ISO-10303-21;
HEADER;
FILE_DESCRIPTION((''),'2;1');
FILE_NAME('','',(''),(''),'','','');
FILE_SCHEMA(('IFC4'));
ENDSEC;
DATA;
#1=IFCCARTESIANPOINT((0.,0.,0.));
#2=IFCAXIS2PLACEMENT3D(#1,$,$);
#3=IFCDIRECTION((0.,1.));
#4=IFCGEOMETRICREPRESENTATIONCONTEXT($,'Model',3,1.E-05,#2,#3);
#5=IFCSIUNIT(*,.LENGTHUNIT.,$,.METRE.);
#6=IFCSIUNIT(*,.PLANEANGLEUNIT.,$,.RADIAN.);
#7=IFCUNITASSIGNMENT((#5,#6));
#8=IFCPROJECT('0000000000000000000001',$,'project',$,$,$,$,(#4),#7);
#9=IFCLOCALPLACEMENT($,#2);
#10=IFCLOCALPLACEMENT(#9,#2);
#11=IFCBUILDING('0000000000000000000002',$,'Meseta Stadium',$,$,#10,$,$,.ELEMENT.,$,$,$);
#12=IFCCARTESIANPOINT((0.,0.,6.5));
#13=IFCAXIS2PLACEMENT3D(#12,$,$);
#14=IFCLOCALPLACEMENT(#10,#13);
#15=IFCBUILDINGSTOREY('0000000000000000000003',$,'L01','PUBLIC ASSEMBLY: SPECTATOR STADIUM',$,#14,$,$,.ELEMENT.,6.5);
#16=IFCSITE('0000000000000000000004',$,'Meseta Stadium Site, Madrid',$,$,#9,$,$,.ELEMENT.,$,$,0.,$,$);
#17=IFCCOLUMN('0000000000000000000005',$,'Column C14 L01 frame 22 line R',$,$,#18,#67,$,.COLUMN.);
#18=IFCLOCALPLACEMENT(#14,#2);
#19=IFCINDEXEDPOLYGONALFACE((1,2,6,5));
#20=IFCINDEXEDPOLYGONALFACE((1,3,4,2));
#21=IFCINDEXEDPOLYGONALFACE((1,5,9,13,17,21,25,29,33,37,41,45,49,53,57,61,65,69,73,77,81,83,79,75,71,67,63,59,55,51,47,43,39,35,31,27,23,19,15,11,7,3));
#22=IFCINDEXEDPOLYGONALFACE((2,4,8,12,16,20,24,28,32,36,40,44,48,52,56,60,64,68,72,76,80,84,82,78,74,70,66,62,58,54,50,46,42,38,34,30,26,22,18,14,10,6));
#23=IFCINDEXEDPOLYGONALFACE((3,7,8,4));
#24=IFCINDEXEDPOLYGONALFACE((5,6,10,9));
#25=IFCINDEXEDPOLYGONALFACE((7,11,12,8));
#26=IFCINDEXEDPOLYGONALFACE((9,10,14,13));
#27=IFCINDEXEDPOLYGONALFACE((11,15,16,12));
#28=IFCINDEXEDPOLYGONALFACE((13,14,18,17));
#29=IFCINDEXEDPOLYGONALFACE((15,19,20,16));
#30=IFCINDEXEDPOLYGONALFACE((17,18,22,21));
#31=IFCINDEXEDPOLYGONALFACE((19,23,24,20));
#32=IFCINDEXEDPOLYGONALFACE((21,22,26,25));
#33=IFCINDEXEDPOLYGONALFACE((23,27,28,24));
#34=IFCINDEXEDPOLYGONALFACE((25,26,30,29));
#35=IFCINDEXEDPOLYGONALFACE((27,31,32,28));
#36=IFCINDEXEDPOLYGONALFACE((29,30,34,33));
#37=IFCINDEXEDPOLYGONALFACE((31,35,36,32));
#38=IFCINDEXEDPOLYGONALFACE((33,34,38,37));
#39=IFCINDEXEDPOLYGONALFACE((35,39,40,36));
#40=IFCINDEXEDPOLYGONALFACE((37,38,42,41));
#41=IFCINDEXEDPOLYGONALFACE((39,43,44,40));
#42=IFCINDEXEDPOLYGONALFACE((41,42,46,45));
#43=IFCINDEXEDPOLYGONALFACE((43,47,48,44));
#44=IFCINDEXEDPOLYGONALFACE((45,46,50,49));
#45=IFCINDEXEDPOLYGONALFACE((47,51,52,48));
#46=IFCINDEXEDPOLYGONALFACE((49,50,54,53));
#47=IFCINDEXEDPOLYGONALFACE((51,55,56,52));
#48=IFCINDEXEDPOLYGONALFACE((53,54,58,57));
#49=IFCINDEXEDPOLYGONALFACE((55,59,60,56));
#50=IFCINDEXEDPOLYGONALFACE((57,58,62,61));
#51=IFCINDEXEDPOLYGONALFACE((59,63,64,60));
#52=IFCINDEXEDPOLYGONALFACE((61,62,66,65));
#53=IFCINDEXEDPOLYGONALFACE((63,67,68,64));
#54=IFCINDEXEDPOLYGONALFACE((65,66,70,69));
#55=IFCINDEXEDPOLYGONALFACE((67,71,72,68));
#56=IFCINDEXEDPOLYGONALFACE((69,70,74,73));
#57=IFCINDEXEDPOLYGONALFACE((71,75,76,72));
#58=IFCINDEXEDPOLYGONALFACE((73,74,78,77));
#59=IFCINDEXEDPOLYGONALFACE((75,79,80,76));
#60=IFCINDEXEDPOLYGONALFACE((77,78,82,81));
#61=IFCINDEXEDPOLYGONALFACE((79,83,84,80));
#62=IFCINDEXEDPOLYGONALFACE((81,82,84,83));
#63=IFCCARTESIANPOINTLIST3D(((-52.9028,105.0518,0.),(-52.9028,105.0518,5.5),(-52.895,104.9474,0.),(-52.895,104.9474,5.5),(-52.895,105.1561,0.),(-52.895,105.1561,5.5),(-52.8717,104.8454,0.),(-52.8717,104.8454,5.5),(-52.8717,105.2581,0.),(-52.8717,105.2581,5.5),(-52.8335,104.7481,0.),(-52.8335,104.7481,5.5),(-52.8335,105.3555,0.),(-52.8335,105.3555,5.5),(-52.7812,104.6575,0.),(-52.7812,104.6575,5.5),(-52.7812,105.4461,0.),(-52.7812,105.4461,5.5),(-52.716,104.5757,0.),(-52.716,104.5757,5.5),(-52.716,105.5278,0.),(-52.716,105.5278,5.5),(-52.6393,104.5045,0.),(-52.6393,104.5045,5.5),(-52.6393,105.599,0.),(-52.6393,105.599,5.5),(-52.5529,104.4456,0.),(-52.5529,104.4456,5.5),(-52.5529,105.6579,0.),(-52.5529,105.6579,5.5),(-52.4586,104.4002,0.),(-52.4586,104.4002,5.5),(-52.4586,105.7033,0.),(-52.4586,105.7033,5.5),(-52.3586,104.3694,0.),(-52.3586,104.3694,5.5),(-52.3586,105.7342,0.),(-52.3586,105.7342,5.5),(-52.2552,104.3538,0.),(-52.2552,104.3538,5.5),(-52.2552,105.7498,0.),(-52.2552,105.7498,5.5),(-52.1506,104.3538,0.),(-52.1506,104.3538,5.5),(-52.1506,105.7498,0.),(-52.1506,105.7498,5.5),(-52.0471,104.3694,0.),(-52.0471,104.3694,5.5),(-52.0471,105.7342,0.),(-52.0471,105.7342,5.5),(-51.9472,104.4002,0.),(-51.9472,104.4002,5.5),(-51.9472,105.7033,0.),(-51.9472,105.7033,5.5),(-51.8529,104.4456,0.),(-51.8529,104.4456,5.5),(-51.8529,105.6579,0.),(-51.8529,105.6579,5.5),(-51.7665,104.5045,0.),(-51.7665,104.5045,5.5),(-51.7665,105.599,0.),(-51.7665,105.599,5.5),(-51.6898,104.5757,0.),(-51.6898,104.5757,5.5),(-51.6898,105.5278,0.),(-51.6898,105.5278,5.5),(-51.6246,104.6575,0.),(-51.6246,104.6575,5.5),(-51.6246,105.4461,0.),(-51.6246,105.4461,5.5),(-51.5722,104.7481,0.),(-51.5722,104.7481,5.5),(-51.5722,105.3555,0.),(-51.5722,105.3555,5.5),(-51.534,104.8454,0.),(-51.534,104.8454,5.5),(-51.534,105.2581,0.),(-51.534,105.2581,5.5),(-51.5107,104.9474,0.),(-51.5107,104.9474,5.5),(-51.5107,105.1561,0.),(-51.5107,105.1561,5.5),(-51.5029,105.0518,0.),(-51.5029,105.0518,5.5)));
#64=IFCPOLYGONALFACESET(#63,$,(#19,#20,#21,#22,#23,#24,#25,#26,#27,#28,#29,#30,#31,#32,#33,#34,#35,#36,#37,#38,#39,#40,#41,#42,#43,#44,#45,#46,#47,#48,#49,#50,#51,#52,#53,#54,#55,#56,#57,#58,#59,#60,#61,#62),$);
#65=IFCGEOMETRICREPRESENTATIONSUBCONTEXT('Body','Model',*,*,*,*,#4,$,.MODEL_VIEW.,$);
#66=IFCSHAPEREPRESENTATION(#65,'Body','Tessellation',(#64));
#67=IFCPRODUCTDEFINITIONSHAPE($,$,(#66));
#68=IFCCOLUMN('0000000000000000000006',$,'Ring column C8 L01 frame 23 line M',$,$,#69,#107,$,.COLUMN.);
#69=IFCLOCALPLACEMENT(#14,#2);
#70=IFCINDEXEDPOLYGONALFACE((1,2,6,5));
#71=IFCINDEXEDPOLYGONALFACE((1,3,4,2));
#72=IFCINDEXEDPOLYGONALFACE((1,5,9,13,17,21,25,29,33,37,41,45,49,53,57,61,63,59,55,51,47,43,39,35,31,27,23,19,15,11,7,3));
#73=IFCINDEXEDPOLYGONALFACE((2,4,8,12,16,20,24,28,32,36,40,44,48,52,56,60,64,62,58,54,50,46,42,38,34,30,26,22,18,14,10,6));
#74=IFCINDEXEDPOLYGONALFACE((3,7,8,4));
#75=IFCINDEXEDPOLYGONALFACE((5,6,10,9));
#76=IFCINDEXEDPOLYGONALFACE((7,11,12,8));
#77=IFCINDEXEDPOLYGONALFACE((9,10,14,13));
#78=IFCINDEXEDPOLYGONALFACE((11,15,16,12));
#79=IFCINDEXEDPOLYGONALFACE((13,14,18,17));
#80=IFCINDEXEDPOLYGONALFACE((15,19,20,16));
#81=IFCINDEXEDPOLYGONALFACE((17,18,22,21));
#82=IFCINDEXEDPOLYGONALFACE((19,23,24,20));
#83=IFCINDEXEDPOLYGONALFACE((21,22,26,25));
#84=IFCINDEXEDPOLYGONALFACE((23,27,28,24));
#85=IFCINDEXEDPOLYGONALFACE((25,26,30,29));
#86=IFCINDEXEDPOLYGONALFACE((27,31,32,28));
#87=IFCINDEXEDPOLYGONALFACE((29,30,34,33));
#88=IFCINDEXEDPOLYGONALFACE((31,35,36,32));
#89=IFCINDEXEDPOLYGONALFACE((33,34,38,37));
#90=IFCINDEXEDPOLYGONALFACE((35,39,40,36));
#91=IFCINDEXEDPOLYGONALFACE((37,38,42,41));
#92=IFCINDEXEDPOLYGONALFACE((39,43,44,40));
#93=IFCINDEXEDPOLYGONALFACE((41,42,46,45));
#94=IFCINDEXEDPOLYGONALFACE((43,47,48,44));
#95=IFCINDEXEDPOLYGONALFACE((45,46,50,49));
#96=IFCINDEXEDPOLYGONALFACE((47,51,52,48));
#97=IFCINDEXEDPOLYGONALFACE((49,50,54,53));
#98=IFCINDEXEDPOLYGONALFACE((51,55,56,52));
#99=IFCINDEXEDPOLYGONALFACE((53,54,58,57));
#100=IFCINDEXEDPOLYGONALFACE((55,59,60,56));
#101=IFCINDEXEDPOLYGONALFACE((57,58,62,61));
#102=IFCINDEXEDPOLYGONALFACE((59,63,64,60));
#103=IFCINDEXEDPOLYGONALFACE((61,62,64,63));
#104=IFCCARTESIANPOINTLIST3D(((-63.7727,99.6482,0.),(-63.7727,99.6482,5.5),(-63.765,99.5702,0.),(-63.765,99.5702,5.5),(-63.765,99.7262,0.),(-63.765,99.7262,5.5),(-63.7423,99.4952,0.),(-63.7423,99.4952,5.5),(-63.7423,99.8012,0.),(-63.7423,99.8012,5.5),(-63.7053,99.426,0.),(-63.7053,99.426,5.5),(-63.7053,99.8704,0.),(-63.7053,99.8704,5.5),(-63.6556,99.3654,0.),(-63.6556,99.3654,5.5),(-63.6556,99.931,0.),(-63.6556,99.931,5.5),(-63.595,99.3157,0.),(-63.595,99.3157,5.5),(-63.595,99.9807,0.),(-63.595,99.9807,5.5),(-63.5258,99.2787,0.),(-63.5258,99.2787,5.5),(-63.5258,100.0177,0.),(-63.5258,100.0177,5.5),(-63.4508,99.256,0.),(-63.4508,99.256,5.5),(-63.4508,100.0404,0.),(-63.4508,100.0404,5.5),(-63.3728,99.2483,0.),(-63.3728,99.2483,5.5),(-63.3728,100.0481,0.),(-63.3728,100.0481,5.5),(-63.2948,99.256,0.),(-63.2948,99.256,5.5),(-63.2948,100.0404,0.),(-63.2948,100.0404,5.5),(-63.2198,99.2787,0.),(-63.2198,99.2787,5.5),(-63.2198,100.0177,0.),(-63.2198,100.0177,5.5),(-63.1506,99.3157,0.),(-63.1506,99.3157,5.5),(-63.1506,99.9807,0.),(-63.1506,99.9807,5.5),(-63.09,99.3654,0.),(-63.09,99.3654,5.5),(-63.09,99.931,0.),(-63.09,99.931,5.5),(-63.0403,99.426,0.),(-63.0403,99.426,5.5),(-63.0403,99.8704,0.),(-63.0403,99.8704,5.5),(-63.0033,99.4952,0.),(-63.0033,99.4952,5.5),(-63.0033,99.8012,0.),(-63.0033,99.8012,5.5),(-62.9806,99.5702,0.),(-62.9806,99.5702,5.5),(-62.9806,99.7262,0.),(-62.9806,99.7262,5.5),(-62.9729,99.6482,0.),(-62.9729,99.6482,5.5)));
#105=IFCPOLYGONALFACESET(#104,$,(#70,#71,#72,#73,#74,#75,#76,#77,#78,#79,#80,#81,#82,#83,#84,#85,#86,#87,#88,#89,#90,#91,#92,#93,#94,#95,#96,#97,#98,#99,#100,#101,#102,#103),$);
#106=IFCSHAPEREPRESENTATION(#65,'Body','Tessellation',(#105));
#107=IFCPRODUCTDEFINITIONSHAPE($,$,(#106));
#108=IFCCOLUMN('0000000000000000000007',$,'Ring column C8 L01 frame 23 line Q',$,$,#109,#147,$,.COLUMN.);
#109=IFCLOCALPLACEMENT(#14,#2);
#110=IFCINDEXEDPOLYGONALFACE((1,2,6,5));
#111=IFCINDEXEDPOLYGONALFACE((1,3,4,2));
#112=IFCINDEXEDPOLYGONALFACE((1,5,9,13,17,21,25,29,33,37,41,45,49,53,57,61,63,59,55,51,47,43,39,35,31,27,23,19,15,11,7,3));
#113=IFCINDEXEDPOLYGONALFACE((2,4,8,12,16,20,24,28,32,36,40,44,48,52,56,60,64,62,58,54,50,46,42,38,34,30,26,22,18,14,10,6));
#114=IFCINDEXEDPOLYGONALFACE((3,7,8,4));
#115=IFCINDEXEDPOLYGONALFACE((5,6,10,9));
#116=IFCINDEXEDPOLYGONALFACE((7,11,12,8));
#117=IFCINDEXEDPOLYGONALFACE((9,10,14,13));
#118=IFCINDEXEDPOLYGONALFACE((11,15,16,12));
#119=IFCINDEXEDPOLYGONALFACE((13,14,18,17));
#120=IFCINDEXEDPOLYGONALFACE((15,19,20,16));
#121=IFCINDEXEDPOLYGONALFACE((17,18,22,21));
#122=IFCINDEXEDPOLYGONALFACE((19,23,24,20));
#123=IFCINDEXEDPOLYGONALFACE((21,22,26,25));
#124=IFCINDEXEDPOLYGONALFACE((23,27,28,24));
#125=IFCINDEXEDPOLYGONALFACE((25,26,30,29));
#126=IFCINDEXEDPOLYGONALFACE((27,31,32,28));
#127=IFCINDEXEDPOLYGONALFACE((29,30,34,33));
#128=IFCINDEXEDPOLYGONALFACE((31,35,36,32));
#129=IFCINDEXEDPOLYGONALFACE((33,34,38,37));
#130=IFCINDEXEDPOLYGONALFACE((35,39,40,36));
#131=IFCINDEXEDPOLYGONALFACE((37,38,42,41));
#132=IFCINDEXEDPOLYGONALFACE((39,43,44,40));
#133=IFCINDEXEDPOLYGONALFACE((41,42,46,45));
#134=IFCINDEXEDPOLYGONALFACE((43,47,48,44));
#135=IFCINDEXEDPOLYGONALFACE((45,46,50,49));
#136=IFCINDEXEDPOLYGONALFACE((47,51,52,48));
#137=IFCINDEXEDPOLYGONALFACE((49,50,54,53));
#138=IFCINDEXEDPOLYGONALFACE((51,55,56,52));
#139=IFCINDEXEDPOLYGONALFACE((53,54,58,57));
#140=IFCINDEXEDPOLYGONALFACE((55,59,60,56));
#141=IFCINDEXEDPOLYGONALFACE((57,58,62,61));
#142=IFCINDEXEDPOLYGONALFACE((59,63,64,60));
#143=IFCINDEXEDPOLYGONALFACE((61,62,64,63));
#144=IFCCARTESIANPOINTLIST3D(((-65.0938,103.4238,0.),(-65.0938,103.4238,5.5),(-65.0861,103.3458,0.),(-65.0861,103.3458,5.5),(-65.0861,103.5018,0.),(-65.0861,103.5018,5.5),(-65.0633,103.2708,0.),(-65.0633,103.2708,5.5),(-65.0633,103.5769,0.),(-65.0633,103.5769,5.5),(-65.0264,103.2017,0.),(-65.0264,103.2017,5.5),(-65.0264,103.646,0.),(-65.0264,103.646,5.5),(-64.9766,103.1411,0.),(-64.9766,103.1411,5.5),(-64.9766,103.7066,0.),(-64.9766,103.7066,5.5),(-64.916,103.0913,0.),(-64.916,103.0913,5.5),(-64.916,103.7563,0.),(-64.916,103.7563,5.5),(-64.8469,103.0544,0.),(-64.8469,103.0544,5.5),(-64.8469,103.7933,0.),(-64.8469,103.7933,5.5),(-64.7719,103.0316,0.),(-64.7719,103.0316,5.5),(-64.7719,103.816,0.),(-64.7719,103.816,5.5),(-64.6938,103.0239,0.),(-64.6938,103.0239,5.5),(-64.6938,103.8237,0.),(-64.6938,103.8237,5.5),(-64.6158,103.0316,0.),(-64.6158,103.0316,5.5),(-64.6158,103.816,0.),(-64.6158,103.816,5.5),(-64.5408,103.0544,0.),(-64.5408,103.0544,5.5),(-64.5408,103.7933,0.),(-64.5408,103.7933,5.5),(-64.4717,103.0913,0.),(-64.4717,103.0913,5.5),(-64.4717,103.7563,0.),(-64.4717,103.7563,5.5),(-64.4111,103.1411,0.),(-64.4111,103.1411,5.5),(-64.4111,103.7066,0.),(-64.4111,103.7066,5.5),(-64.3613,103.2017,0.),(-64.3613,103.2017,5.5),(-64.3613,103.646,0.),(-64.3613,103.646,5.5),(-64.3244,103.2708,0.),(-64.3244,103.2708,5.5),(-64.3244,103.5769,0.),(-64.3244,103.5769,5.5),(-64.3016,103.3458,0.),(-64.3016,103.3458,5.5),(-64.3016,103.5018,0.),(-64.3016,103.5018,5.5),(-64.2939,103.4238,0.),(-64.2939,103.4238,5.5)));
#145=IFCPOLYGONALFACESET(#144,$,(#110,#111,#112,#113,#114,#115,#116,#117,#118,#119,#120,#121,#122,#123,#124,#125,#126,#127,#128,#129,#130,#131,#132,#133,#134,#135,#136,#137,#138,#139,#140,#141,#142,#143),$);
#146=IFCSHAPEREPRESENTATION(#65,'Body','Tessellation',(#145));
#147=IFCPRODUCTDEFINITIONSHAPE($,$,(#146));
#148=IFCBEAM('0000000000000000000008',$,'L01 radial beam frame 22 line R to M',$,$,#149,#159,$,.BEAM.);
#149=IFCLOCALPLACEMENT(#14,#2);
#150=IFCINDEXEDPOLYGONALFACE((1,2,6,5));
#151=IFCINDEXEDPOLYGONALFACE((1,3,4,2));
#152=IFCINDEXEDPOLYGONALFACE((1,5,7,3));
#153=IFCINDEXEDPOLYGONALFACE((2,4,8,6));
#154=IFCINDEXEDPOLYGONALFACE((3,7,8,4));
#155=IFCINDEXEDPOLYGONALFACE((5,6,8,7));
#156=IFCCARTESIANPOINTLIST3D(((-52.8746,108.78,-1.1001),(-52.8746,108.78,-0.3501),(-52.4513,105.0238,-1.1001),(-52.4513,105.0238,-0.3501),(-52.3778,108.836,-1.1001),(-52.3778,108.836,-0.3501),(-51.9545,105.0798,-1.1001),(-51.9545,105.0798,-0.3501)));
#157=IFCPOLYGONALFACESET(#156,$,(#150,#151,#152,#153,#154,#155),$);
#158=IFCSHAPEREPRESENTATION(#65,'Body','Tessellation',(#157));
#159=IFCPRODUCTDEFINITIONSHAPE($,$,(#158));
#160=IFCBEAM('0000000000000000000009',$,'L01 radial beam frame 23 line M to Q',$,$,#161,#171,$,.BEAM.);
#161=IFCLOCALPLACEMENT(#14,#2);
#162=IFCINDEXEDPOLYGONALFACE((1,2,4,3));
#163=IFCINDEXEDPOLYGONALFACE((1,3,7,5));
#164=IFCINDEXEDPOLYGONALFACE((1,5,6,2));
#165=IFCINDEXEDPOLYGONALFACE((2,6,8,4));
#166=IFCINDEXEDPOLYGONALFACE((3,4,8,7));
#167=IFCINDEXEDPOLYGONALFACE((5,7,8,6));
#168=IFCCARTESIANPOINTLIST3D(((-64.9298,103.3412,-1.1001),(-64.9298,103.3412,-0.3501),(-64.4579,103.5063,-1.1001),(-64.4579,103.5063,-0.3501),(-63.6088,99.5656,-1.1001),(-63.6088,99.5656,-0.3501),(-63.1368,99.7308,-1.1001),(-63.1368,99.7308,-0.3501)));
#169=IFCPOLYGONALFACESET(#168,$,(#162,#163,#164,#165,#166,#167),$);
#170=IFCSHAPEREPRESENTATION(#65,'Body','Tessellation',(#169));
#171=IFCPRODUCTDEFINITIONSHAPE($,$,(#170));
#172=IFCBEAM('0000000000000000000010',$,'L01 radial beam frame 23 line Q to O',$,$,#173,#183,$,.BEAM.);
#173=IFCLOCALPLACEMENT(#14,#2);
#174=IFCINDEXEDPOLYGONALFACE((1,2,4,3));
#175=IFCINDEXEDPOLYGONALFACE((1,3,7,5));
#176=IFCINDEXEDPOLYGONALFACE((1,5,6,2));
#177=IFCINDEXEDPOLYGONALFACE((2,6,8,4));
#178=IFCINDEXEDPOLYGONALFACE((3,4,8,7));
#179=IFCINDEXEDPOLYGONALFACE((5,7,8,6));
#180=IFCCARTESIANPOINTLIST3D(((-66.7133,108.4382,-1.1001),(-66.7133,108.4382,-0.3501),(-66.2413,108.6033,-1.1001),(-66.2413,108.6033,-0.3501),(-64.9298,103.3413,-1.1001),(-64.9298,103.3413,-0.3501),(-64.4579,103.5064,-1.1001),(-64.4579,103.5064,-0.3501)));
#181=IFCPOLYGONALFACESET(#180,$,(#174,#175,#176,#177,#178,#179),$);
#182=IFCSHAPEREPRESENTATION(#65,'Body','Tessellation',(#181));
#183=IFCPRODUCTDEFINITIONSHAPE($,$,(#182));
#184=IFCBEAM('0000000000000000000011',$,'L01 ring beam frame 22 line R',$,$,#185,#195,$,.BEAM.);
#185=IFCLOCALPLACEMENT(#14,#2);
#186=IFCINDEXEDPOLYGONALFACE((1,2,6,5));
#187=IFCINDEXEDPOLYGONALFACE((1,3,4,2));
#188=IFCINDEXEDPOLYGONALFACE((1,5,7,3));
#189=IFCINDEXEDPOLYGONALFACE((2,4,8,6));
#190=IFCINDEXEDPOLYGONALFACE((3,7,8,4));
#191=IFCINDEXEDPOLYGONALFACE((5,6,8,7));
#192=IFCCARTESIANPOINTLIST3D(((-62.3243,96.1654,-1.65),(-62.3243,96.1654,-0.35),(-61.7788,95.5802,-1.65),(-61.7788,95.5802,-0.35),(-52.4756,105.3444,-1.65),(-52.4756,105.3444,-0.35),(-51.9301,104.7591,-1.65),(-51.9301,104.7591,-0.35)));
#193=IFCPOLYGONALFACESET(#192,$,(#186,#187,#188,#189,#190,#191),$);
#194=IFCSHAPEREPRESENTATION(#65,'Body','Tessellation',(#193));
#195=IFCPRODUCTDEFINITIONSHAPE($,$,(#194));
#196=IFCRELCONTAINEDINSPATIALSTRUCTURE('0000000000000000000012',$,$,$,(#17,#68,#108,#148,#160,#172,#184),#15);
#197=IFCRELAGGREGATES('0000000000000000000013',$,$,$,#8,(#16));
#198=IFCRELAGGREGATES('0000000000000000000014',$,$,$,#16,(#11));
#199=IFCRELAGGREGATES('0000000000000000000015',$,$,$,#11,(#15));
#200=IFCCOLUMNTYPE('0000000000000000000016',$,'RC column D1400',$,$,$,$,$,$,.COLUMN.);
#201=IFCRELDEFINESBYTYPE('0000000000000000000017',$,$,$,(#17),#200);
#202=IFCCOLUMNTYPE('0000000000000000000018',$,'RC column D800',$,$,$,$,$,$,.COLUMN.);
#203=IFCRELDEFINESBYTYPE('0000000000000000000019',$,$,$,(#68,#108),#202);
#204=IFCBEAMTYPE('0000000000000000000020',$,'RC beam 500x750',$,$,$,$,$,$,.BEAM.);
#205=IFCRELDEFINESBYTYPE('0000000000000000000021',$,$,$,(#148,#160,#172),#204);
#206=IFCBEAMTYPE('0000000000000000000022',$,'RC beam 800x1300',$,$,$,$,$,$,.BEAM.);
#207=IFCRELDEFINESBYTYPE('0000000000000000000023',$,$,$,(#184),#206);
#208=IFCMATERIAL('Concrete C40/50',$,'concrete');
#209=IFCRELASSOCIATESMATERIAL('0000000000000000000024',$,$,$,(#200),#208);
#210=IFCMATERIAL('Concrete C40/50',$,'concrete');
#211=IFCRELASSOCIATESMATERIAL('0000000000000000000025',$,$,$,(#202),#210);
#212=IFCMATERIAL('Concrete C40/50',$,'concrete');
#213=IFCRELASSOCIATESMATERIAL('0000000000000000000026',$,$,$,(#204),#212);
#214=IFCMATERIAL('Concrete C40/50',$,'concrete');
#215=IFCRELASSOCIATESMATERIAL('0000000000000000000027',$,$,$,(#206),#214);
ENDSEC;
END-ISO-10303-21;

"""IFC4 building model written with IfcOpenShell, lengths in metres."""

from ifc_helpers import new_model, si_unit, direction, frame, origin, origin_2d, place, context, subcontext, project, spatial, rectangle, circle, extrude, material, material_profile, profile_set, type_object, element, save


model = new_model("IFC4")

# Units and contexts
model_context = context("Model", 3, precision=1e-05, world=origin(), true_north=direction((0.0, 1.0)))
body_context = subcontext(model_context, "Body", "Model", "MODEL_VIEW")
ifc_project = project(units=[si_unit("LENGTHUNIT", "METRE"), si_unit("PLANEANGLEUNIT", "RADIAN")], contexts=[model_context])

# Site, building, storey
site_placement = place(None, origin())
site = spatial("IfcSite", under=ifc_project, at=site_placement, Name="Meseta Stadium Site, Madrid", CompositionType="ELEMENT", RefElevation=0.0)
building_placement = place(site_placement, origin())
building = spatial("IfcBuilding", under=site, at=building_placement, Name="Meseta Stadium", CompositionType="ELEMENT")
storey_placement = place(building_placement, frame((0.0, 0.0, 6.5)))
storey = spatial("IfcBuildingStorey", under=building, at=storey_placement, Name="L01", Description="PUBLIC ASSEMBLY: SPECTATOR STADIUM", CompositionType="ELEMENT", Elevation=6.5)

# Columns
ifc_material_1 = material(Name="Concrete C40/50", Category="concrete")
ifc_material_profile_1 = material_profile(ifc_material_1, circle(Radius=0.7, at=origin_2d()), Name="RC D1400")
ifc_profile_set_1 = profile_set([ifc_material_profile_1], Name="Concrete C40/50")
column_type_1 = type_object("IfcColumnType", Name="RC column D1400", PredefinedType="COLUMN", material=ifc_profile_set_1)
column_placement = place(storey_placement, frame((-52.2029, 105.0518, 0.0), z_axis=(0.0, 0.0, 1.0), x_axis=(1.0, 0.0, 0.0)))
element("IfcColumn", 1, at=column_placement, inside=storey, type_object=column_type_1, Name="Column C14 L01 frame 22 line R", PredefinedType="COLUMN", context=body_context, shape_type="SweptSolid", body=[
    extrude(circle(Radius=0.7, at=origin_2d()), origin(), (0.0, 0.0, 1.0), 5.5),
])
ifc_material_2 = material(Name="Concrete C40/50", Category="concrete")
ifc_material_profile_2 = material_profile(ifc_material_2, circle(Radius=0.3999, at=origin_2d()), Name="RC D800")
ifc_profile_set_2 = profile_set([ifc_material_profile_2], Name="Concrete C40/50")
column_type_2 = type_object("IfcColumnType", Name="RC column D800", PredefinedType="COLUMN", material=ifc_profile_set_2)
for number, where, z_axis, x_axis, name in (
    (2, (-63.3728, 99.6482, 0.0), (0.0, 0.0, 1.0), (1.0, 0.0, 0.0), "Ring column C8 L01 frame 23 line M"),
    (3, (-64.6938, 103.4238, 0.0), (0.0, 0.0, 1.0), (1.0, 0.0, 0.0), "Ring column C8 L01 frame 23 line Q"),
):
    element("IfcColumn", number, at=place(storey_placement, frame(where, z_axis=z_axis, x_axis=x_axis)), inside=storey, type_object=column_type_2, Name=name, PredefinedType="COLUMN", context=body_context, shape_type="SweptSolid", body=[
        extrude(circle(Radius=0.3999, at=origin_2d()), origin(), (0.0, 0.0, 1.0), 5.5),
    ])

# Beams
ifc_material_3 = material(Name="Concrete C40/50", Category="concrete")
ifc_material_profile_3 = material_profile(ifc_material_3, rectangle(XDim=0.5, YDim=0.75, at=origin_2d()), Name="RC 500x750")
ifc_profile_set_3 = profile_set([ifc_material_profile_3], Name="Concrete C40/50")
beam_type_1 = type_object("IfcBeamType", Name="RC beam 500x750", PredefinedType="BEAM", material=ifc_profile_set_3)
beam_1_placement = place(storey_placement, frame((-52.2029, 105.0518, -0.7251), z_axis=(-0.111991, 0.993709, 0.0), x_axis=(-0.993709, -0.111991, 0.0)))
element("IfcBeam", 4, at=beam_1_placement, inside=storey, type_object=beam_type_1, Name="L01 radial beam frame 22 line R to M", PredefinedType="BEAM", context=body_context, shape_type="SweptSolid", body=[
    extrude(rectangle(XDim=0.5, YDim=0.75, at=origin_2d()), origin(), (0.0, 0.0, 1.0), 3.78),
])
beam_2_placement = place(storey_placement, frame((-63.3728, 99.6482, -0.7251), z_axis=(-0.330255, 0.943892, 0.0), x_axis=(-0.943892, -0.330255, 0.0)))
element("IfcBeam", 5, at=beam_2_placement, inside=storey, type_object=beam_type_1, Name="L01 radial beam frame 23 line M to Q", PredefinedType="BEAM", context=body_context, shape_type="SweptSolid", body=[
    extrude(rectangle(XDim=0.5, YDim=0.75, at=origin_2d()), origin(), (0.0, 0.0, 1.0), 4.0),
])
beam_3_placement = place(storey_placement, frame((-64.6938, 103.4238, -0.7251), z_axis=(-0.330272, 0.943886, 0.0), x_axis=(-0.943886, -0.330272, 0.0)))
element("IfcBeam", 6, at=beam_3_placement, inside=storey, type_object=beam_type_1, Name="L01 radial beam frame 23 line Q to O", PredefinedType="BEAM", context=body_context, shape_type="SweptSolid", body=[
    extrude(rectangle(XDim=0.5, YDim=0.75, at=origin_2d()), origin(), (0.0, 0.0, 1.0), 5.3999),
])
ifc_material_4 = material(Name="Concrete C40/50", Category="concrete")
ifc_material_profile_4 = material_profile(ifc_material_4, rectangle(XDim=0.8, YDim=1.3, at=origin_2d()), Name="RC 800x1300")
ifc_profile_set_4 = profile_set([ifc_material_profile_4], Name="Concrete C40/50")
beam_type_2 = type_object("IfcBeamType", Name="RC beam 800x1300", PredefinedType="BEAM", material=ifc_profile_set_4)
beam_4_placement = place(storey_placement, frame((-52.2029, 105.0518, -1.0), z_axis=(-0.731541, -0.681798, 0.0), x_axis=(0.681798, -0.731541, 0.0)))
element("IfcBeam", 7, at=beam_4_placement, inside=storey, type_object=beam_type_2, Name="L01 ring beam frame 22 line R", PredefinedType="BEAM", context=body_context, shape_type="SweptSolid", body=[
    extrude(rectangle(XDim=0.8, YDim=1.3, at=origin_2d()), origin(), (0.0, 0.0, 1.0), 13.4629),
])

save(model, "model.ifc")
